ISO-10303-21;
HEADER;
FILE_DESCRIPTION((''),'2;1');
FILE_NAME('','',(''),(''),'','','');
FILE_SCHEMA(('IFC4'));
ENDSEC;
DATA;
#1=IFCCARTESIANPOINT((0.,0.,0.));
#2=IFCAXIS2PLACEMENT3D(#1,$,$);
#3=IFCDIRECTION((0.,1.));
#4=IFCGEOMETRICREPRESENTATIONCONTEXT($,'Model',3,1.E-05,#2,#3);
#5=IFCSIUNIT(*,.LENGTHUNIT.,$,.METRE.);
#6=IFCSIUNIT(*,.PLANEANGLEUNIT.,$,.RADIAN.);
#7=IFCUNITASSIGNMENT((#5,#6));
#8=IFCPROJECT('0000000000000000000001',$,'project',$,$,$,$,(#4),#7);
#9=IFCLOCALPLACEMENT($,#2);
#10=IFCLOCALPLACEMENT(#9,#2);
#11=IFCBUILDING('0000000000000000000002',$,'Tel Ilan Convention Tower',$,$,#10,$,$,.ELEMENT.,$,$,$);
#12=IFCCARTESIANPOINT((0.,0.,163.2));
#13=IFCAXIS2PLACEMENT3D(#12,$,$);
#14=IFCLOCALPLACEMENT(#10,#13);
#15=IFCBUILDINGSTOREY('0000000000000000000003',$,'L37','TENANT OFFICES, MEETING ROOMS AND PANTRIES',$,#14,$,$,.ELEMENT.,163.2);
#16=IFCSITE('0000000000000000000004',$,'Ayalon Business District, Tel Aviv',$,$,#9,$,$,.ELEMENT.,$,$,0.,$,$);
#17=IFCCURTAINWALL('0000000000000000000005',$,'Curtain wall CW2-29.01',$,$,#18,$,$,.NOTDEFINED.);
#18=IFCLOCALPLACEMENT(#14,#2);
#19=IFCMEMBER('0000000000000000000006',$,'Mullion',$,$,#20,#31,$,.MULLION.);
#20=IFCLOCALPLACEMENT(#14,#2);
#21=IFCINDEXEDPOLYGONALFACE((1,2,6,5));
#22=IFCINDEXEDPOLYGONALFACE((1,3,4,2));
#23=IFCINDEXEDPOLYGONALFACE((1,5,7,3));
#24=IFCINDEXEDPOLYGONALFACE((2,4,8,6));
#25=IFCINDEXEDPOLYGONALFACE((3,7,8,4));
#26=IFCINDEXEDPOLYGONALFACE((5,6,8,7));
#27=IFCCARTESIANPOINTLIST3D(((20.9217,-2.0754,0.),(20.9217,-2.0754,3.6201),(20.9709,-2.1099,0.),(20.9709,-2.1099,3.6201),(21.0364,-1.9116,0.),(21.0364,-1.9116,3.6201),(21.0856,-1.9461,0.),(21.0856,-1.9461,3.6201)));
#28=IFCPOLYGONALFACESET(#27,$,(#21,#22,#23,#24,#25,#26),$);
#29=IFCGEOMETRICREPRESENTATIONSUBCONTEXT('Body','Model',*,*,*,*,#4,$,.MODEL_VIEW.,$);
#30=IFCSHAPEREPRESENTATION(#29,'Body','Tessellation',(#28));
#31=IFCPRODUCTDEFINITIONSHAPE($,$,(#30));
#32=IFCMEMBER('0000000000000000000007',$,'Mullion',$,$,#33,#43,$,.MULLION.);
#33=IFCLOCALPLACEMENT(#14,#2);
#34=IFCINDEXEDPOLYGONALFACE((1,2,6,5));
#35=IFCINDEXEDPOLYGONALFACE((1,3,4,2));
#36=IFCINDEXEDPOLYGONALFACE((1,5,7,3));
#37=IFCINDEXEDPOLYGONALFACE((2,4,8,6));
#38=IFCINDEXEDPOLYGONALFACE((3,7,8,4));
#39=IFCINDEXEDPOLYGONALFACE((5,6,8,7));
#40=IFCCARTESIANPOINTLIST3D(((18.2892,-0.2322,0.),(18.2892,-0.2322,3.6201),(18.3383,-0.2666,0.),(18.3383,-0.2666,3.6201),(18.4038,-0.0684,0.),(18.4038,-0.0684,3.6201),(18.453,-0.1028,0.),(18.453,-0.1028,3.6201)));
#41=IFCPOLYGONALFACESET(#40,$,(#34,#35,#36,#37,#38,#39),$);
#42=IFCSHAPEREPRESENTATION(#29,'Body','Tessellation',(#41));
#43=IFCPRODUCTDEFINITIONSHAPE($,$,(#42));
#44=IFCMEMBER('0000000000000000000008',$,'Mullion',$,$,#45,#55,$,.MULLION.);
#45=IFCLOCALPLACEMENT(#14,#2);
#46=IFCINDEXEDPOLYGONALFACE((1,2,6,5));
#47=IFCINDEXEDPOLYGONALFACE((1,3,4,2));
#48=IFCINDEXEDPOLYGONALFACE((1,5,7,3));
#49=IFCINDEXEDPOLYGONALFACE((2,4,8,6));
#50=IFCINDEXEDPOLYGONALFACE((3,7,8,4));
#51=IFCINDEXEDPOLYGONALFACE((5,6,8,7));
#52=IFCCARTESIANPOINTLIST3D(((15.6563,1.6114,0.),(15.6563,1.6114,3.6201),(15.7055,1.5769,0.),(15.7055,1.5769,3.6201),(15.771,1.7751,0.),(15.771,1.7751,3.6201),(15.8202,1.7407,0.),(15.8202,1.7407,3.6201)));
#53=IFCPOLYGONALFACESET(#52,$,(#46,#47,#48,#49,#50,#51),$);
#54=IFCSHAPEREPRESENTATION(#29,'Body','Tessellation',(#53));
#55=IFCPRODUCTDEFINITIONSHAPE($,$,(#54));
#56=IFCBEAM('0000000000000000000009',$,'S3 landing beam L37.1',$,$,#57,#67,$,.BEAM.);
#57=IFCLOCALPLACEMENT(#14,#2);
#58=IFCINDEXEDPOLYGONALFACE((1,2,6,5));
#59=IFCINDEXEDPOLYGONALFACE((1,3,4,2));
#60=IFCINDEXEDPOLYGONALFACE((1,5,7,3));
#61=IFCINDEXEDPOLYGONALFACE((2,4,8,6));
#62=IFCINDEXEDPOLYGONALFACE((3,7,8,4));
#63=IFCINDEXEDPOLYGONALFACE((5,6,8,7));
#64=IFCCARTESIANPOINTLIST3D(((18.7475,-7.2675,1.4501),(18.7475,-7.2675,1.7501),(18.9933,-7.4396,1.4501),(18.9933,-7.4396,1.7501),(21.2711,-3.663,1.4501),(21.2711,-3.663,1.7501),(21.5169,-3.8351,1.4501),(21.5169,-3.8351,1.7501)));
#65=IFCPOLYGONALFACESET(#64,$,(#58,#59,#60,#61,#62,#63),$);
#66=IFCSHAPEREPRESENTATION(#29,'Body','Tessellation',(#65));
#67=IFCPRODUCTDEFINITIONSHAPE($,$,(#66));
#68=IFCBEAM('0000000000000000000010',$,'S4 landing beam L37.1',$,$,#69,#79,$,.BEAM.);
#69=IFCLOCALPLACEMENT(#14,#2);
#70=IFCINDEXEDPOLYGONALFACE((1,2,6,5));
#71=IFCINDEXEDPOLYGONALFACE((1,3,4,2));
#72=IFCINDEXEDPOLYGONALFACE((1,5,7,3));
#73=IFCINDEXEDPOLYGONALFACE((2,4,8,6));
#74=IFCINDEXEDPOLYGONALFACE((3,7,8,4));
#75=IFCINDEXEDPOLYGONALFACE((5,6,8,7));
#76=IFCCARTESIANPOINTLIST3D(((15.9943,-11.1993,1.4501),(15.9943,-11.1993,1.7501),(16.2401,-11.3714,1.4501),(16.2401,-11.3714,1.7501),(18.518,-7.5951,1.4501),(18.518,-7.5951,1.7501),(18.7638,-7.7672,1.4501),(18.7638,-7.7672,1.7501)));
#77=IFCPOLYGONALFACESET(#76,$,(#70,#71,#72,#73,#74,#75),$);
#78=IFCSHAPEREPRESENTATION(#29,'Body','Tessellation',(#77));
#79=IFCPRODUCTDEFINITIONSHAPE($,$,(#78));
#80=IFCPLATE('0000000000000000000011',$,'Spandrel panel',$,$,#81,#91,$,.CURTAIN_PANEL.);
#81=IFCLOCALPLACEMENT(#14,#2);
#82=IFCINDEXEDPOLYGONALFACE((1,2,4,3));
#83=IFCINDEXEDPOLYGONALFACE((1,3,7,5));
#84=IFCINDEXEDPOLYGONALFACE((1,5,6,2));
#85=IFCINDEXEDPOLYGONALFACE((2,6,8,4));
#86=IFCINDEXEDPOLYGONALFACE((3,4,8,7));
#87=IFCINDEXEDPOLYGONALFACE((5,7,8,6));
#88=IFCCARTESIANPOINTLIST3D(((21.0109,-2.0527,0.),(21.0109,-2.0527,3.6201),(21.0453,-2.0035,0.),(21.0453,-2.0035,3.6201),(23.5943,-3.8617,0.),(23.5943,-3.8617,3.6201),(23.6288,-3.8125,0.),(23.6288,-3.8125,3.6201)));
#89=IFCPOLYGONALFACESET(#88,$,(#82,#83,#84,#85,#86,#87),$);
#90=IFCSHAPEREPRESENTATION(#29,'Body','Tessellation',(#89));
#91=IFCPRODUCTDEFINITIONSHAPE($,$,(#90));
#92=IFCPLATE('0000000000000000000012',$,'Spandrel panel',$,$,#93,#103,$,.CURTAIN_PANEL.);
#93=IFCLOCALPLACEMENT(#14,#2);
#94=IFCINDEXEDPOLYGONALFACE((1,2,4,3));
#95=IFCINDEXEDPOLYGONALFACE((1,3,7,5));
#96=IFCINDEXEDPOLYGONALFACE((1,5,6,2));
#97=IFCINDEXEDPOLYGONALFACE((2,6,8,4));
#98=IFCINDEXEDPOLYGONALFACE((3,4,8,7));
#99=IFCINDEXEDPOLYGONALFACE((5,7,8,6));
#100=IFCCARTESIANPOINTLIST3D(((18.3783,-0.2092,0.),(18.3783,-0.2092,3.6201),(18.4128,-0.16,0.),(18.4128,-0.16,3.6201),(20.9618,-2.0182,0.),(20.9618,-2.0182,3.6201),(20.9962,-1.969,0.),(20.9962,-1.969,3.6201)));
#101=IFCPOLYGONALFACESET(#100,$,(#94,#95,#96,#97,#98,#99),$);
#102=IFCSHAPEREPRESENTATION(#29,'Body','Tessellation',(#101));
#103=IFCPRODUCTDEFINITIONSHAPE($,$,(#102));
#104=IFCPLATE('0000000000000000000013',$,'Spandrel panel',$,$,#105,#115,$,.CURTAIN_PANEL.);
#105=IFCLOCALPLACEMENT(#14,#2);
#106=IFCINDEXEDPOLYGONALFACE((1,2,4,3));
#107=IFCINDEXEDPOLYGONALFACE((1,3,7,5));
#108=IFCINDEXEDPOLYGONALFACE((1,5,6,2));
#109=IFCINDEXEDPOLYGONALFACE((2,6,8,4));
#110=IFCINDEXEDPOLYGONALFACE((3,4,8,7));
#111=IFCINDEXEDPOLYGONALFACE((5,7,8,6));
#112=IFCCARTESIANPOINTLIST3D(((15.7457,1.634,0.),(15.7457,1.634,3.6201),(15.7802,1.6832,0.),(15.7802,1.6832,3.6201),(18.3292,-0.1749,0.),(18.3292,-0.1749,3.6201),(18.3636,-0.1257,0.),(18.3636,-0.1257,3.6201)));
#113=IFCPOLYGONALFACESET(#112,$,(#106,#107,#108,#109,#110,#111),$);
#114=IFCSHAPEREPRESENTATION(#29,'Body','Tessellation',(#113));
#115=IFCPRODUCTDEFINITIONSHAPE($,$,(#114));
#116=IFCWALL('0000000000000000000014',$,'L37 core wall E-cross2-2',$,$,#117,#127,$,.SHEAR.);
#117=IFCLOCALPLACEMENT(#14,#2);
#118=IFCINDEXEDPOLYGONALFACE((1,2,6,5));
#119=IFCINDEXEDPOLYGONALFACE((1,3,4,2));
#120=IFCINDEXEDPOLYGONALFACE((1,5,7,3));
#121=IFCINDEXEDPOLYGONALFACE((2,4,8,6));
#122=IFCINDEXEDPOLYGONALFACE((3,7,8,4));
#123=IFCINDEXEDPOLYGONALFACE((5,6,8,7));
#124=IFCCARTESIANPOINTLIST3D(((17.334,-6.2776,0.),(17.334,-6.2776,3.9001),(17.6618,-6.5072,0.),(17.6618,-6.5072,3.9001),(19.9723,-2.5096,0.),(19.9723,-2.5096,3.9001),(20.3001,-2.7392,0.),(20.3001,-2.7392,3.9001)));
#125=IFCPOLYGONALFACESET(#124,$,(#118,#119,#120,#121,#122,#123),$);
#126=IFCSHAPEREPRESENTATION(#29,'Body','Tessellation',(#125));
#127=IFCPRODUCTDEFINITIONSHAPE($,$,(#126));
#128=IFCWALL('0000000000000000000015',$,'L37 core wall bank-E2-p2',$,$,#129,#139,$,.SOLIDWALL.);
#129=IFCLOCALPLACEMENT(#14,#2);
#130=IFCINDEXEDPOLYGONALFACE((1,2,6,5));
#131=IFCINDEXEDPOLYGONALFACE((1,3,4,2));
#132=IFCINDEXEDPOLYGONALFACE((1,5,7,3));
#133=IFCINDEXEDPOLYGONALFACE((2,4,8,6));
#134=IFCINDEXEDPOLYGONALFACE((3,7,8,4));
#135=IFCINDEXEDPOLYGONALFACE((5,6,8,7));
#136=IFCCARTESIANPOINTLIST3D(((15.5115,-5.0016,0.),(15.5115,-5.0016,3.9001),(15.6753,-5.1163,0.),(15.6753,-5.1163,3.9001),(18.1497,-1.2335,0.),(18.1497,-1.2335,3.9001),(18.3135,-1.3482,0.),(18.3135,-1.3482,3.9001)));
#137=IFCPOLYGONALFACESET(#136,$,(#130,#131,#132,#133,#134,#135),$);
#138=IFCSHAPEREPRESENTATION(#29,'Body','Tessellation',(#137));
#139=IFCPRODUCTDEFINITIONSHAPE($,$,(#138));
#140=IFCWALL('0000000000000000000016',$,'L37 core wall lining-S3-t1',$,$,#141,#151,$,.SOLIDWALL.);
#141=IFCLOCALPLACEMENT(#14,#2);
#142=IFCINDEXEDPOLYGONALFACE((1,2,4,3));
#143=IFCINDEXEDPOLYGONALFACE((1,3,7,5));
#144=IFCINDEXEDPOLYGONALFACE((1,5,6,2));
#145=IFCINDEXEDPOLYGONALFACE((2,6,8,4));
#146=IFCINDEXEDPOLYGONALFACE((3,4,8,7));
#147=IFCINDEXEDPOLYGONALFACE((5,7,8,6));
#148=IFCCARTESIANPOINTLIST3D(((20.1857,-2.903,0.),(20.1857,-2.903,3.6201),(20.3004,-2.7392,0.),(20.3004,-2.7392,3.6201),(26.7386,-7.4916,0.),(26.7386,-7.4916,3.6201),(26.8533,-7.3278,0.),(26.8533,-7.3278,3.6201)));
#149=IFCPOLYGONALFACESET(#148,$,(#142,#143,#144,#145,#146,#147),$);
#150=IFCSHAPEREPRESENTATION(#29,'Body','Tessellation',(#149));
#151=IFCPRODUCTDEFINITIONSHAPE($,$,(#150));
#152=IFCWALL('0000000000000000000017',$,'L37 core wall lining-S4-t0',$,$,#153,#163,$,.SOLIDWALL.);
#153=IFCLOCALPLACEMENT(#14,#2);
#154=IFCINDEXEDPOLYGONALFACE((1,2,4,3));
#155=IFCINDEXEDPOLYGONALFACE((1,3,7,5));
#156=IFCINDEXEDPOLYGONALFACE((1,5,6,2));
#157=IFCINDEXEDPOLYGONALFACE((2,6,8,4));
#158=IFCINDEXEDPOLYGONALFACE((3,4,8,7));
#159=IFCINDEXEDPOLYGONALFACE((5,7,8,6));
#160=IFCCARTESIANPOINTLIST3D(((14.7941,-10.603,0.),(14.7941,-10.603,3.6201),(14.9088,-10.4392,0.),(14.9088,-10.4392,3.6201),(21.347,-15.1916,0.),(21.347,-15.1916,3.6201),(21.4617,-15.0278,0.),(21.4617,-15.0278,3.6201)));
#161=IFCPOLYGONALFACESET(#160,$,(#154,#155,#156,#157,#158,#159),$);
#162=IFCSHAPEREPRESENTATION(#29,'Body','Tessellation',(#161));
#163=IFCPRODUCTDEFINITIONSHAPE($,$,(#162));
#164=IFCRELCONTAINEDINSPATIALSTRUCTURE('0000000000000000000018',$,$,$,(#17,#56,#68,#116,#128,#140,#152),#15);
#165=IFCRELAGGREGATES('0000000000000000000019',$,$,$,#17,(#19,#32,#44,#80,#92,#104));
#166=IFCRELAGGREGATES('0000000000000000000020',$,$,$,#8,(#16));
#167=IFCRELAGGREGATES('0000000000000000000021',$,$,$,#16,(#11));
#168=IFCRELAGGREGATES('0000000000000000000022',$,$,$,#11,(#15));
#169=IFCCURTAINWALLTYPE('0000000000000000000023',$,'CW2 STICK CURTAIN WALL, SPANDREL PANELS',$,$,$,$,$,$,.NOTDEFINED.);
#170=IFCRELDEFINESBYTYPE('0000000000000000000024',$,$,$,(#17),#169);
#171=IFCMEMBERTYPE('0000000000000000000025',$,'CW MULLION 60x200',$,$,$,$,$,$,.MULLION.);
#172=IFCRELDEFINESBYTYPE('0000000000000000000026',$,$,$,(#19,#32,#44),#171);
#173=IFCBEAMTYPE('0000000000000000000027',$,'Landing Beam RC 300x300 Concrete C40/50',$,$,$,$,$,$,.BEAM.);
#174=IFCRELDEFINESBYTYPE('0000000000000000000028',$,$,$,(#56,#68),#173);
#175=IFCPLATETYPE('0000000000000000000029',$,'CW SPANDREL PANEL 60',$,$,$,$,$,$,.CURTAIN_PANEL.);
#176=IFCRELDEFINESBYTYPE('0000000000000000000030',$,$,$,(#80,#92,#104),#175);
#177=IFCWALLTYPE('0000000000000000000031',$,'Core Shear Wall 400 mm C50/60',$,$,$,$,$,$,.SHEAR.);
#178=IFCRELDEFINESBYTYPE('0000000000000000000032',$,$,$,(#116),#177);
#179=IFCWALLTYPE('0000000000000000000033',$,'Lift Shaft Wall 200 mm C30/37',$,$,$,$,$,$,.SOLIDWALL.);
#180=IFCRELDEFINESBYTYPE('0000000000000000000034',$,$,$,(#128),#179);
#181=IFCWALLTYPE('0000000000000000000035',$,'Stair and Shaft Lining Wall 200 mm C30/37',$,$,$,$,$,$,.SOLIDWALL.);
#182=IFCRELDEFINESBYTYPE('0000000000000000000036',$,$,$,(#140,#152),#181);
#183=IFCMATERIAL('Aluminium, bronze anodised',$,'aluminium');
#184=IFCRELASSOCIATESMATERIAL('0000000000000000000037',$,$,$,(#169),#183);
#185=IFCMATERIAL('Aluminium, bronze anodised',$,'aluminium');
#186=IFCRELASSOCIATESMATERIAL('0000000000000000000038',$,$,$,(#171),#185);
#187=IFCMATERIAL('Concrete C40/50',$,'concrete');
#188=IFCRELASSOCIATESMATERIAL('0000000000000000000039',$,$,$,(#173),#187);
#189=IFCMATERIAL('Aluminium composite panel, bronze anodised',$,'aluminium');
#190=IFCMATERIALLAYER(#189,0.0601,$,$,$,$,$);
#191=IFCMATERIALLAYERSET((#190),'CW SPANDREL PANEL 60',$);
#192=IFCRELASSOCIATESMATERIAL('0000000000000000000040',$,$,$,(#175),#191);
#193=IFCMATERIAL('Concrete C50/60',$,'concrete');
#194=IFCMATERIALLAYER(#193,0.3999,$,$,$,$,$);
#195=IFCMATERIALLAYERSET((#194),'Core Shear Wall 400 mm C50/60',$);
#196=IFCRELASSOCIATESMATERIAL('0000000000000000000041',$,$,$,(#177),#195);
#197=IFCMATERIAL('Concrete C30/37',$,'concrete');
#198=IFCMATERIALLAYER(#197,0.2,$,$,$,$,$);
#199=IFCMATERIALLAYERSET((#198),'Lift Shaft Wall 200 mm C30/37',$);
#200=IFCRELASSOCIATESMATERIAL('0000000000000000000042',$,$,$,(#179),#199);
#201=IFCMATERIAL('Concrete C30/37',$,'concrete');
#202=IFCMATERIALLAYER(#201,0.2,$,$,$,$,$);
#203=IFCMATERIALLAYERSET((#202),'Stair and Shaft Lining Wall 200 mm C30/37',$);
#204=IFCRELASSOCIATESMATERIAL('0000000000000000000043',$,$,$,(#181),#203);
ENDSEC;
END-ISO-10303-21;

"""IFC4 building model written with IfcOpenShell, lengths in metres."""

from ifc_helpers import new_model, si_unit, direction, frame, frame_2d, origin, origin_2d, place, context, subcontext, project, spatial, polyline, rectangle, outline, extrude, material, layer, layer_set, material_profile, profile_set, type_object, element, aggregate, save


model = new_model("IFC4")

# Units and contexts
model_context = context("Model", 3, precision=1e-05, world=origin(), true_north=direction((0.0, 1.0)))
body_context = subcontext(model_context, "Body", "Model", "MODEL_VIEW")
ifc_project = project(units=[si_unit("LENGTHUNIT", "METRE"), si_unit("PLANEANGLEUNIT", "RADIAN")], contexts=[model_context])

# Site, building, storey
site_placement = place(None, origin())
site = spatial("IfcSite", under=ifc_project, at=site_placement, Name="Ayalon Business District, Tel Aviv", CompositionType="ELEMENT", RefElevation=0.0)
building_placement = place(site_placement, origin())
building = spatial("IfcBuilding", under=site, at=building_placement, Name="Tel Ilan Convention Tower", CompositionType="ELEMENT")
storey_placement = place(building_placement, frame((0.0, 0.0, 163.2)))
storey = spatial("IfcBuildingStorey", under=building, at=storey_placement, Name="L37", Description="TENANT OFFICES, MEETING ROOMS AND PANTRIES", CompositionType="ELEMENT", Elevation=163.2)

# Curtain wall, members
ifc_material_1 = material(Name="Aluminium, bronze anodised", Category="aluminium")
curtain_wall_type = type_object("IfcCurtainWallType", Name="CW2 STICK CURTAIN WALL, SPANDREL PANELS", PredefinedType="NOTDEFINED", material=ifc_material_1)
curtain_wall_placement = place(storey_placement, origin())
curtain_wall = element("IfcCurtainWall", 1, at=curtain_wall_placement, inside=storey, type_object=curtain_wall_type, Name="Curtain wall CW2-29.01", PredefinedType="NOTDEFINED")
ifc_material_2 = material(Name="Aluminium, bronze anodised", Category="aluminium")
ifc_material_profile_1 = material_profile(ifc_material_2, rectangle(XDim=0.0601, YDim=0.2, at=origin_2d()), Name="CW MULLION 60x200")
ifc_profile_set_1 = profile_set([ifc_material_profile_1], Name="Aluminium, bronze anodised")
member_type = type_object("IfcMemberType", Name="CW MULLION 60x200", PredefinedType="MULLION", material=ifc_profile_set_1)
member_1_placement = place(storey_placement, frame((21.0037, -2.0107, 0.0), z_axis=(0.0, 0.0, 1.0), x_axis=(-0.819152, 0.573576, 0.0)))
member_1 = element("IfcMember", 2, at=member_1_placement, type_object=member_type, Name="Mullion", PredefinedType="MULLION", context=body_context, shape_type="SweptSolid", body=[
    extrude(rectangle(XDim=0.0601, YDim=0.2, at=origin_2d()), origin(), (0.0, 0.0, 1.0), 3.6201),
])
member_2_placement = place(storey_placement, frame((18.3711, -0.1675, 0.0), z_axis=(0.0, 0.0, 1.0), x_axis=(-0.819152, 0.573576, 0.0)))
member_2 = element("IfcMember", 3, at=member_2_placement, type_object=member_type, Name="Mullion", PredefinedType="MULLION", context=body_context, shape_type="SweptSolid", body=[
    extrude(rectangle(XDim=0.0601, YDim=0.2, at=origin_2d()), origin(), (0.0, 0.0, 1.0), 3.6201),
])
member_3_placement = place(storey_placement, frame((15.7383, 1.676, 0.0), z_axis=(0.0, 0.0, 1.0), x_axis=(-0.819152, 0.573576, 0.0)))
member_3 = element("IfcMember", 4, at=member_3_placement, type_object=member_type, Name="Mullion", PredefinedType="MULLION", context=body_context, shape_type="SweptSolid", body=[
    extrude(rectangle(XDim=0.0601, YDim=0.2, at=origin_2d()), origin(), (0.0, 0.0, 1.0), 3.6201),
])

# Beams
ifc_material_3 = material(Name="Concrete C40/50", Category="concrete")
ifc_material_profile_2 = material_profile(ifc_material_3, rectangle(XDim=0.3, YDim=0.3, at=origin_2d()), Name="RC 300x300")
ifc_profile_set_2 = profile_set([ifc_material_profile_2], Name="Concrete C40/50")
beam_type = type_object("IfcBeamType", Name="Landing Beam RC 300x300 Concrete C40/50", PredefinedType="BEAM", material=ifc_profile_set_2)
beam_1_placement = place(storey_placement, frame((21.394, -3.749, 1.6001), z_axis=(-0.573544, -0.819175, 0.0), x_axis=(0.819175, -0.573544, 0.0)))
element("IfcBeam", 5, at=beam_1_placement, inside=storey, type_object=beam_type, Name="S3 landing beam L37.1", PredefinedType="BEAM", context=body_context, shape_type="SweptSolid", body=[
    extrude(rectangle(XDim=0.3, YDim=0.3, at=origin_2d()), origin(), (0.0, 0.0, 1.0), 4.4001),
])
beam_2_placement = place(storey_placement, frame((18.6409, -7.6812, 1.6001), z_axis=(-0.57357, -0.819156, 0.0), x_axis=(0.819156, -0.57357, 0.0)))
element("IfcBeam", 6, at=beam_2_placement, inside=storey, type_object=beam_type, Name="S4 landing beam L37.1", PredefinedType="BEAM", context=body_context, shape_type="SweptSolid", body=[
    extrude(rectangle(XDim=0.3, YDim=0.3, at=origin_2d()), origin(), (0.0, 0.0, 1.0), 4.3999),
])

# Plates
ifc_material_4 = material(Name="Aluminium composite panel, bronze anodised", Category="aluminium")
ifc_layer_1 = layer(ifc_material_4, 0.0601)
ifc_layer_set_1 = layer_set([ifc_layer_1], Name="CW SPANDREL PANEL 60")
plate_type = type_object("IfcPlateType", Name="CW SPANDREL PANEL 60", PredefinedType="CURTAIN_PANEL", material=ifc_layer_set_1)
plate_1_placement = place(storey_placement, frame((22.3198, -2.9326, 0.0), z_axis=(0.0, 0.0, 1.0), x_axis=(-0.819152, 0.573576, 0.0)))
plate_1 = element("IfcPlate", 7, at=plate_1_placement, type_object=plate_type, Name="Spandrel panel", PredefinedType="CURTAIN_PANEL", context=body_context, shape_type="SweptSolid", body=[
    extrude(rectangle(XDim=3.1538, YDim=0.0601, at=origin_2d()), origin(), (0.0, 0.0, 1.0), 3.6201),
])
plate_2_placement = place(storey_placement, frame((19.6873, -1.0891, 0.0), z_axis=(0.0, 0.0, 1.0), x_axis=(-0.819152, 0.573576, 0.0)))
plate_2 = element("IfcPlate", 8, at=plate_2_placement, type_object=plate_type, Name="Spandrel panel", PredefinedType="CURTAIN_PANEL", context=body_context, shape_type="SweptSolid", body=[
    extrude(rectangle(XDim=3.1538, YDim=0.0601, at=origin_2d()), origin(), (0.0, 0.0, 1.0), 3.6201),
])
plate_3_placement = place(storey_placement, frame((17.0547, 0.7542, 0.0), z_axis=(0.0, 0.0, 1.0), x_axis=(-0.819152, 0.573576, 0.0)))
plate_3 = element("IfcPlate", 9, at=plate_3_placement, type_object=plate_type, Name="Spandrel panel", PredefinedType="CURTAIN_PANEL", context=body_context, shape_type="SweptSolid", body=[
    extrude(rectangle(XDim=3.1538, YDim=0.0601, at=origin_2d()), origin(), (0.0, 0.0, 1.0), 3.6201),
])
aggregate(curtain_wall, [member_1, member_2, member_3, plate_1, plate_2, plate_3])

# Walls
ifc_material_5 = material(Name="Concrete C50/60", Category="concrete")
ifc_layer_2 = layer(ifc_material_5, 0.3999)
ifc_layer_set_2 = layer_set([ifc_layer_2], Name="Core Shear Wall 400 mm C50/60")
wall_type_1 = type_object("IfcWallType", Name="Core Shear Wall 400 mm C50/60", PredefinedType="SHEAR", material=ifc_layer_set_2)
wall_1_placement = place(storey_placement, frame((17.4978, -6.3923, 0.0), z_axis=(0.0, 0.0, 1.0), x_axis=(0.573612, 0.819127, 0.0)))
element("IfcWall", 10, at=wall_1_placement, inside=storey, type_object=wall_type_1, Name="L37 core wall E-cross2-2", PredefinedType="SHEAR", context=body_context, shape_type="SweptSolid", body=[
    extrude(outline(polyline([(4.5999, -0.2), (4.5999, 0.2002), (0.0, 0.2), (0.0, -0.2002), (4.5999, -0.2)])), origin(), (0.0, 0.0, 1.0), 3.9001),
])
ifc_material_6 = material(Name="Concrete C30/37", Category="concrete")
ifc_layer_3 = layer(ifc_material_6, 0.2)
ifc_layer_set_3 = layer_set([ifc_layer_3], Name="Lift Shaft Wall 200 mm C30/37")
wall_type_2 = type_object("IfcWallType", Name="Lift Shaft Wall 200 mm C30/37", PredefinedType="SOLIDWALL", material=ifc_layer_set_3)
wall_2_placement = place(storey_placement, frame((15.5935, -5.0588, 0.0), z_axis=(0.0, 0.0, 1.0), x_axis=(0.573541, 0.819177, 0.0)))
element("IfcWall", 11, at=wall_2_placement, inside=storey, type_object=wall_type_2, Name="L37 core wall bank-E2-p2", PredefinedType="SOLIDWALL", context=body_context, shape_type="SweptSolid", body=[
    extrude(rectangle(XDim=4.5999, YDim=0.2, at=frame_2d((2.2998, 0.0))), origin(), (0.0, 0.0, 1.0), 3.9001),
])
ifc_material_7 = material(Name="Concrete C30/37", Category="concrete")
ifc_layer_4 = layer(ifc_material_7, 0.2)
ifc_layer_set_4 = layer_set([ifc_layer_4], Name="Stair and Shaft Lining Wall 200 mm C30/37")
wall_type_3 = type_object("IfcWallType", Name="Stair and Shaft Lining Wall 200 mm C30/37", PredefinedType="SOLIDWALL", material=ifc_layer_set_4)
for number, where, z_axis, x_axis, name in (
    (12, (20.2429, -2.821, 0.0), (0.0, 0.0, 1.0), (0.819142, -0.573591, 0.0), "L37 core wall lining-S3-t1"),
    (13, (14.8513, -10.521, 0.0), (0.0, 0.0, 1.0), (0.819142, -0.573591, 0.0), "L37 core wall lining-S4-t0"),
):
    element("IfcWall", number, at=place(storey_placement, frame(where, z_axis=z_axis, x_axis=x_axis)), inside=storey, type_object=wall_type_3, Name=name, PredefinedType="SOLIDWALL", context=body_context, shape_type="SweptSolid", body=[
        extrude(rectangle(XDim=7.9998, YDim=0.2, at=frame_2d((4.0, 0.0))), origin(), (0.0, 0.0, 1.0), 3.6201),
    ])

save(model, "model.ifc")
